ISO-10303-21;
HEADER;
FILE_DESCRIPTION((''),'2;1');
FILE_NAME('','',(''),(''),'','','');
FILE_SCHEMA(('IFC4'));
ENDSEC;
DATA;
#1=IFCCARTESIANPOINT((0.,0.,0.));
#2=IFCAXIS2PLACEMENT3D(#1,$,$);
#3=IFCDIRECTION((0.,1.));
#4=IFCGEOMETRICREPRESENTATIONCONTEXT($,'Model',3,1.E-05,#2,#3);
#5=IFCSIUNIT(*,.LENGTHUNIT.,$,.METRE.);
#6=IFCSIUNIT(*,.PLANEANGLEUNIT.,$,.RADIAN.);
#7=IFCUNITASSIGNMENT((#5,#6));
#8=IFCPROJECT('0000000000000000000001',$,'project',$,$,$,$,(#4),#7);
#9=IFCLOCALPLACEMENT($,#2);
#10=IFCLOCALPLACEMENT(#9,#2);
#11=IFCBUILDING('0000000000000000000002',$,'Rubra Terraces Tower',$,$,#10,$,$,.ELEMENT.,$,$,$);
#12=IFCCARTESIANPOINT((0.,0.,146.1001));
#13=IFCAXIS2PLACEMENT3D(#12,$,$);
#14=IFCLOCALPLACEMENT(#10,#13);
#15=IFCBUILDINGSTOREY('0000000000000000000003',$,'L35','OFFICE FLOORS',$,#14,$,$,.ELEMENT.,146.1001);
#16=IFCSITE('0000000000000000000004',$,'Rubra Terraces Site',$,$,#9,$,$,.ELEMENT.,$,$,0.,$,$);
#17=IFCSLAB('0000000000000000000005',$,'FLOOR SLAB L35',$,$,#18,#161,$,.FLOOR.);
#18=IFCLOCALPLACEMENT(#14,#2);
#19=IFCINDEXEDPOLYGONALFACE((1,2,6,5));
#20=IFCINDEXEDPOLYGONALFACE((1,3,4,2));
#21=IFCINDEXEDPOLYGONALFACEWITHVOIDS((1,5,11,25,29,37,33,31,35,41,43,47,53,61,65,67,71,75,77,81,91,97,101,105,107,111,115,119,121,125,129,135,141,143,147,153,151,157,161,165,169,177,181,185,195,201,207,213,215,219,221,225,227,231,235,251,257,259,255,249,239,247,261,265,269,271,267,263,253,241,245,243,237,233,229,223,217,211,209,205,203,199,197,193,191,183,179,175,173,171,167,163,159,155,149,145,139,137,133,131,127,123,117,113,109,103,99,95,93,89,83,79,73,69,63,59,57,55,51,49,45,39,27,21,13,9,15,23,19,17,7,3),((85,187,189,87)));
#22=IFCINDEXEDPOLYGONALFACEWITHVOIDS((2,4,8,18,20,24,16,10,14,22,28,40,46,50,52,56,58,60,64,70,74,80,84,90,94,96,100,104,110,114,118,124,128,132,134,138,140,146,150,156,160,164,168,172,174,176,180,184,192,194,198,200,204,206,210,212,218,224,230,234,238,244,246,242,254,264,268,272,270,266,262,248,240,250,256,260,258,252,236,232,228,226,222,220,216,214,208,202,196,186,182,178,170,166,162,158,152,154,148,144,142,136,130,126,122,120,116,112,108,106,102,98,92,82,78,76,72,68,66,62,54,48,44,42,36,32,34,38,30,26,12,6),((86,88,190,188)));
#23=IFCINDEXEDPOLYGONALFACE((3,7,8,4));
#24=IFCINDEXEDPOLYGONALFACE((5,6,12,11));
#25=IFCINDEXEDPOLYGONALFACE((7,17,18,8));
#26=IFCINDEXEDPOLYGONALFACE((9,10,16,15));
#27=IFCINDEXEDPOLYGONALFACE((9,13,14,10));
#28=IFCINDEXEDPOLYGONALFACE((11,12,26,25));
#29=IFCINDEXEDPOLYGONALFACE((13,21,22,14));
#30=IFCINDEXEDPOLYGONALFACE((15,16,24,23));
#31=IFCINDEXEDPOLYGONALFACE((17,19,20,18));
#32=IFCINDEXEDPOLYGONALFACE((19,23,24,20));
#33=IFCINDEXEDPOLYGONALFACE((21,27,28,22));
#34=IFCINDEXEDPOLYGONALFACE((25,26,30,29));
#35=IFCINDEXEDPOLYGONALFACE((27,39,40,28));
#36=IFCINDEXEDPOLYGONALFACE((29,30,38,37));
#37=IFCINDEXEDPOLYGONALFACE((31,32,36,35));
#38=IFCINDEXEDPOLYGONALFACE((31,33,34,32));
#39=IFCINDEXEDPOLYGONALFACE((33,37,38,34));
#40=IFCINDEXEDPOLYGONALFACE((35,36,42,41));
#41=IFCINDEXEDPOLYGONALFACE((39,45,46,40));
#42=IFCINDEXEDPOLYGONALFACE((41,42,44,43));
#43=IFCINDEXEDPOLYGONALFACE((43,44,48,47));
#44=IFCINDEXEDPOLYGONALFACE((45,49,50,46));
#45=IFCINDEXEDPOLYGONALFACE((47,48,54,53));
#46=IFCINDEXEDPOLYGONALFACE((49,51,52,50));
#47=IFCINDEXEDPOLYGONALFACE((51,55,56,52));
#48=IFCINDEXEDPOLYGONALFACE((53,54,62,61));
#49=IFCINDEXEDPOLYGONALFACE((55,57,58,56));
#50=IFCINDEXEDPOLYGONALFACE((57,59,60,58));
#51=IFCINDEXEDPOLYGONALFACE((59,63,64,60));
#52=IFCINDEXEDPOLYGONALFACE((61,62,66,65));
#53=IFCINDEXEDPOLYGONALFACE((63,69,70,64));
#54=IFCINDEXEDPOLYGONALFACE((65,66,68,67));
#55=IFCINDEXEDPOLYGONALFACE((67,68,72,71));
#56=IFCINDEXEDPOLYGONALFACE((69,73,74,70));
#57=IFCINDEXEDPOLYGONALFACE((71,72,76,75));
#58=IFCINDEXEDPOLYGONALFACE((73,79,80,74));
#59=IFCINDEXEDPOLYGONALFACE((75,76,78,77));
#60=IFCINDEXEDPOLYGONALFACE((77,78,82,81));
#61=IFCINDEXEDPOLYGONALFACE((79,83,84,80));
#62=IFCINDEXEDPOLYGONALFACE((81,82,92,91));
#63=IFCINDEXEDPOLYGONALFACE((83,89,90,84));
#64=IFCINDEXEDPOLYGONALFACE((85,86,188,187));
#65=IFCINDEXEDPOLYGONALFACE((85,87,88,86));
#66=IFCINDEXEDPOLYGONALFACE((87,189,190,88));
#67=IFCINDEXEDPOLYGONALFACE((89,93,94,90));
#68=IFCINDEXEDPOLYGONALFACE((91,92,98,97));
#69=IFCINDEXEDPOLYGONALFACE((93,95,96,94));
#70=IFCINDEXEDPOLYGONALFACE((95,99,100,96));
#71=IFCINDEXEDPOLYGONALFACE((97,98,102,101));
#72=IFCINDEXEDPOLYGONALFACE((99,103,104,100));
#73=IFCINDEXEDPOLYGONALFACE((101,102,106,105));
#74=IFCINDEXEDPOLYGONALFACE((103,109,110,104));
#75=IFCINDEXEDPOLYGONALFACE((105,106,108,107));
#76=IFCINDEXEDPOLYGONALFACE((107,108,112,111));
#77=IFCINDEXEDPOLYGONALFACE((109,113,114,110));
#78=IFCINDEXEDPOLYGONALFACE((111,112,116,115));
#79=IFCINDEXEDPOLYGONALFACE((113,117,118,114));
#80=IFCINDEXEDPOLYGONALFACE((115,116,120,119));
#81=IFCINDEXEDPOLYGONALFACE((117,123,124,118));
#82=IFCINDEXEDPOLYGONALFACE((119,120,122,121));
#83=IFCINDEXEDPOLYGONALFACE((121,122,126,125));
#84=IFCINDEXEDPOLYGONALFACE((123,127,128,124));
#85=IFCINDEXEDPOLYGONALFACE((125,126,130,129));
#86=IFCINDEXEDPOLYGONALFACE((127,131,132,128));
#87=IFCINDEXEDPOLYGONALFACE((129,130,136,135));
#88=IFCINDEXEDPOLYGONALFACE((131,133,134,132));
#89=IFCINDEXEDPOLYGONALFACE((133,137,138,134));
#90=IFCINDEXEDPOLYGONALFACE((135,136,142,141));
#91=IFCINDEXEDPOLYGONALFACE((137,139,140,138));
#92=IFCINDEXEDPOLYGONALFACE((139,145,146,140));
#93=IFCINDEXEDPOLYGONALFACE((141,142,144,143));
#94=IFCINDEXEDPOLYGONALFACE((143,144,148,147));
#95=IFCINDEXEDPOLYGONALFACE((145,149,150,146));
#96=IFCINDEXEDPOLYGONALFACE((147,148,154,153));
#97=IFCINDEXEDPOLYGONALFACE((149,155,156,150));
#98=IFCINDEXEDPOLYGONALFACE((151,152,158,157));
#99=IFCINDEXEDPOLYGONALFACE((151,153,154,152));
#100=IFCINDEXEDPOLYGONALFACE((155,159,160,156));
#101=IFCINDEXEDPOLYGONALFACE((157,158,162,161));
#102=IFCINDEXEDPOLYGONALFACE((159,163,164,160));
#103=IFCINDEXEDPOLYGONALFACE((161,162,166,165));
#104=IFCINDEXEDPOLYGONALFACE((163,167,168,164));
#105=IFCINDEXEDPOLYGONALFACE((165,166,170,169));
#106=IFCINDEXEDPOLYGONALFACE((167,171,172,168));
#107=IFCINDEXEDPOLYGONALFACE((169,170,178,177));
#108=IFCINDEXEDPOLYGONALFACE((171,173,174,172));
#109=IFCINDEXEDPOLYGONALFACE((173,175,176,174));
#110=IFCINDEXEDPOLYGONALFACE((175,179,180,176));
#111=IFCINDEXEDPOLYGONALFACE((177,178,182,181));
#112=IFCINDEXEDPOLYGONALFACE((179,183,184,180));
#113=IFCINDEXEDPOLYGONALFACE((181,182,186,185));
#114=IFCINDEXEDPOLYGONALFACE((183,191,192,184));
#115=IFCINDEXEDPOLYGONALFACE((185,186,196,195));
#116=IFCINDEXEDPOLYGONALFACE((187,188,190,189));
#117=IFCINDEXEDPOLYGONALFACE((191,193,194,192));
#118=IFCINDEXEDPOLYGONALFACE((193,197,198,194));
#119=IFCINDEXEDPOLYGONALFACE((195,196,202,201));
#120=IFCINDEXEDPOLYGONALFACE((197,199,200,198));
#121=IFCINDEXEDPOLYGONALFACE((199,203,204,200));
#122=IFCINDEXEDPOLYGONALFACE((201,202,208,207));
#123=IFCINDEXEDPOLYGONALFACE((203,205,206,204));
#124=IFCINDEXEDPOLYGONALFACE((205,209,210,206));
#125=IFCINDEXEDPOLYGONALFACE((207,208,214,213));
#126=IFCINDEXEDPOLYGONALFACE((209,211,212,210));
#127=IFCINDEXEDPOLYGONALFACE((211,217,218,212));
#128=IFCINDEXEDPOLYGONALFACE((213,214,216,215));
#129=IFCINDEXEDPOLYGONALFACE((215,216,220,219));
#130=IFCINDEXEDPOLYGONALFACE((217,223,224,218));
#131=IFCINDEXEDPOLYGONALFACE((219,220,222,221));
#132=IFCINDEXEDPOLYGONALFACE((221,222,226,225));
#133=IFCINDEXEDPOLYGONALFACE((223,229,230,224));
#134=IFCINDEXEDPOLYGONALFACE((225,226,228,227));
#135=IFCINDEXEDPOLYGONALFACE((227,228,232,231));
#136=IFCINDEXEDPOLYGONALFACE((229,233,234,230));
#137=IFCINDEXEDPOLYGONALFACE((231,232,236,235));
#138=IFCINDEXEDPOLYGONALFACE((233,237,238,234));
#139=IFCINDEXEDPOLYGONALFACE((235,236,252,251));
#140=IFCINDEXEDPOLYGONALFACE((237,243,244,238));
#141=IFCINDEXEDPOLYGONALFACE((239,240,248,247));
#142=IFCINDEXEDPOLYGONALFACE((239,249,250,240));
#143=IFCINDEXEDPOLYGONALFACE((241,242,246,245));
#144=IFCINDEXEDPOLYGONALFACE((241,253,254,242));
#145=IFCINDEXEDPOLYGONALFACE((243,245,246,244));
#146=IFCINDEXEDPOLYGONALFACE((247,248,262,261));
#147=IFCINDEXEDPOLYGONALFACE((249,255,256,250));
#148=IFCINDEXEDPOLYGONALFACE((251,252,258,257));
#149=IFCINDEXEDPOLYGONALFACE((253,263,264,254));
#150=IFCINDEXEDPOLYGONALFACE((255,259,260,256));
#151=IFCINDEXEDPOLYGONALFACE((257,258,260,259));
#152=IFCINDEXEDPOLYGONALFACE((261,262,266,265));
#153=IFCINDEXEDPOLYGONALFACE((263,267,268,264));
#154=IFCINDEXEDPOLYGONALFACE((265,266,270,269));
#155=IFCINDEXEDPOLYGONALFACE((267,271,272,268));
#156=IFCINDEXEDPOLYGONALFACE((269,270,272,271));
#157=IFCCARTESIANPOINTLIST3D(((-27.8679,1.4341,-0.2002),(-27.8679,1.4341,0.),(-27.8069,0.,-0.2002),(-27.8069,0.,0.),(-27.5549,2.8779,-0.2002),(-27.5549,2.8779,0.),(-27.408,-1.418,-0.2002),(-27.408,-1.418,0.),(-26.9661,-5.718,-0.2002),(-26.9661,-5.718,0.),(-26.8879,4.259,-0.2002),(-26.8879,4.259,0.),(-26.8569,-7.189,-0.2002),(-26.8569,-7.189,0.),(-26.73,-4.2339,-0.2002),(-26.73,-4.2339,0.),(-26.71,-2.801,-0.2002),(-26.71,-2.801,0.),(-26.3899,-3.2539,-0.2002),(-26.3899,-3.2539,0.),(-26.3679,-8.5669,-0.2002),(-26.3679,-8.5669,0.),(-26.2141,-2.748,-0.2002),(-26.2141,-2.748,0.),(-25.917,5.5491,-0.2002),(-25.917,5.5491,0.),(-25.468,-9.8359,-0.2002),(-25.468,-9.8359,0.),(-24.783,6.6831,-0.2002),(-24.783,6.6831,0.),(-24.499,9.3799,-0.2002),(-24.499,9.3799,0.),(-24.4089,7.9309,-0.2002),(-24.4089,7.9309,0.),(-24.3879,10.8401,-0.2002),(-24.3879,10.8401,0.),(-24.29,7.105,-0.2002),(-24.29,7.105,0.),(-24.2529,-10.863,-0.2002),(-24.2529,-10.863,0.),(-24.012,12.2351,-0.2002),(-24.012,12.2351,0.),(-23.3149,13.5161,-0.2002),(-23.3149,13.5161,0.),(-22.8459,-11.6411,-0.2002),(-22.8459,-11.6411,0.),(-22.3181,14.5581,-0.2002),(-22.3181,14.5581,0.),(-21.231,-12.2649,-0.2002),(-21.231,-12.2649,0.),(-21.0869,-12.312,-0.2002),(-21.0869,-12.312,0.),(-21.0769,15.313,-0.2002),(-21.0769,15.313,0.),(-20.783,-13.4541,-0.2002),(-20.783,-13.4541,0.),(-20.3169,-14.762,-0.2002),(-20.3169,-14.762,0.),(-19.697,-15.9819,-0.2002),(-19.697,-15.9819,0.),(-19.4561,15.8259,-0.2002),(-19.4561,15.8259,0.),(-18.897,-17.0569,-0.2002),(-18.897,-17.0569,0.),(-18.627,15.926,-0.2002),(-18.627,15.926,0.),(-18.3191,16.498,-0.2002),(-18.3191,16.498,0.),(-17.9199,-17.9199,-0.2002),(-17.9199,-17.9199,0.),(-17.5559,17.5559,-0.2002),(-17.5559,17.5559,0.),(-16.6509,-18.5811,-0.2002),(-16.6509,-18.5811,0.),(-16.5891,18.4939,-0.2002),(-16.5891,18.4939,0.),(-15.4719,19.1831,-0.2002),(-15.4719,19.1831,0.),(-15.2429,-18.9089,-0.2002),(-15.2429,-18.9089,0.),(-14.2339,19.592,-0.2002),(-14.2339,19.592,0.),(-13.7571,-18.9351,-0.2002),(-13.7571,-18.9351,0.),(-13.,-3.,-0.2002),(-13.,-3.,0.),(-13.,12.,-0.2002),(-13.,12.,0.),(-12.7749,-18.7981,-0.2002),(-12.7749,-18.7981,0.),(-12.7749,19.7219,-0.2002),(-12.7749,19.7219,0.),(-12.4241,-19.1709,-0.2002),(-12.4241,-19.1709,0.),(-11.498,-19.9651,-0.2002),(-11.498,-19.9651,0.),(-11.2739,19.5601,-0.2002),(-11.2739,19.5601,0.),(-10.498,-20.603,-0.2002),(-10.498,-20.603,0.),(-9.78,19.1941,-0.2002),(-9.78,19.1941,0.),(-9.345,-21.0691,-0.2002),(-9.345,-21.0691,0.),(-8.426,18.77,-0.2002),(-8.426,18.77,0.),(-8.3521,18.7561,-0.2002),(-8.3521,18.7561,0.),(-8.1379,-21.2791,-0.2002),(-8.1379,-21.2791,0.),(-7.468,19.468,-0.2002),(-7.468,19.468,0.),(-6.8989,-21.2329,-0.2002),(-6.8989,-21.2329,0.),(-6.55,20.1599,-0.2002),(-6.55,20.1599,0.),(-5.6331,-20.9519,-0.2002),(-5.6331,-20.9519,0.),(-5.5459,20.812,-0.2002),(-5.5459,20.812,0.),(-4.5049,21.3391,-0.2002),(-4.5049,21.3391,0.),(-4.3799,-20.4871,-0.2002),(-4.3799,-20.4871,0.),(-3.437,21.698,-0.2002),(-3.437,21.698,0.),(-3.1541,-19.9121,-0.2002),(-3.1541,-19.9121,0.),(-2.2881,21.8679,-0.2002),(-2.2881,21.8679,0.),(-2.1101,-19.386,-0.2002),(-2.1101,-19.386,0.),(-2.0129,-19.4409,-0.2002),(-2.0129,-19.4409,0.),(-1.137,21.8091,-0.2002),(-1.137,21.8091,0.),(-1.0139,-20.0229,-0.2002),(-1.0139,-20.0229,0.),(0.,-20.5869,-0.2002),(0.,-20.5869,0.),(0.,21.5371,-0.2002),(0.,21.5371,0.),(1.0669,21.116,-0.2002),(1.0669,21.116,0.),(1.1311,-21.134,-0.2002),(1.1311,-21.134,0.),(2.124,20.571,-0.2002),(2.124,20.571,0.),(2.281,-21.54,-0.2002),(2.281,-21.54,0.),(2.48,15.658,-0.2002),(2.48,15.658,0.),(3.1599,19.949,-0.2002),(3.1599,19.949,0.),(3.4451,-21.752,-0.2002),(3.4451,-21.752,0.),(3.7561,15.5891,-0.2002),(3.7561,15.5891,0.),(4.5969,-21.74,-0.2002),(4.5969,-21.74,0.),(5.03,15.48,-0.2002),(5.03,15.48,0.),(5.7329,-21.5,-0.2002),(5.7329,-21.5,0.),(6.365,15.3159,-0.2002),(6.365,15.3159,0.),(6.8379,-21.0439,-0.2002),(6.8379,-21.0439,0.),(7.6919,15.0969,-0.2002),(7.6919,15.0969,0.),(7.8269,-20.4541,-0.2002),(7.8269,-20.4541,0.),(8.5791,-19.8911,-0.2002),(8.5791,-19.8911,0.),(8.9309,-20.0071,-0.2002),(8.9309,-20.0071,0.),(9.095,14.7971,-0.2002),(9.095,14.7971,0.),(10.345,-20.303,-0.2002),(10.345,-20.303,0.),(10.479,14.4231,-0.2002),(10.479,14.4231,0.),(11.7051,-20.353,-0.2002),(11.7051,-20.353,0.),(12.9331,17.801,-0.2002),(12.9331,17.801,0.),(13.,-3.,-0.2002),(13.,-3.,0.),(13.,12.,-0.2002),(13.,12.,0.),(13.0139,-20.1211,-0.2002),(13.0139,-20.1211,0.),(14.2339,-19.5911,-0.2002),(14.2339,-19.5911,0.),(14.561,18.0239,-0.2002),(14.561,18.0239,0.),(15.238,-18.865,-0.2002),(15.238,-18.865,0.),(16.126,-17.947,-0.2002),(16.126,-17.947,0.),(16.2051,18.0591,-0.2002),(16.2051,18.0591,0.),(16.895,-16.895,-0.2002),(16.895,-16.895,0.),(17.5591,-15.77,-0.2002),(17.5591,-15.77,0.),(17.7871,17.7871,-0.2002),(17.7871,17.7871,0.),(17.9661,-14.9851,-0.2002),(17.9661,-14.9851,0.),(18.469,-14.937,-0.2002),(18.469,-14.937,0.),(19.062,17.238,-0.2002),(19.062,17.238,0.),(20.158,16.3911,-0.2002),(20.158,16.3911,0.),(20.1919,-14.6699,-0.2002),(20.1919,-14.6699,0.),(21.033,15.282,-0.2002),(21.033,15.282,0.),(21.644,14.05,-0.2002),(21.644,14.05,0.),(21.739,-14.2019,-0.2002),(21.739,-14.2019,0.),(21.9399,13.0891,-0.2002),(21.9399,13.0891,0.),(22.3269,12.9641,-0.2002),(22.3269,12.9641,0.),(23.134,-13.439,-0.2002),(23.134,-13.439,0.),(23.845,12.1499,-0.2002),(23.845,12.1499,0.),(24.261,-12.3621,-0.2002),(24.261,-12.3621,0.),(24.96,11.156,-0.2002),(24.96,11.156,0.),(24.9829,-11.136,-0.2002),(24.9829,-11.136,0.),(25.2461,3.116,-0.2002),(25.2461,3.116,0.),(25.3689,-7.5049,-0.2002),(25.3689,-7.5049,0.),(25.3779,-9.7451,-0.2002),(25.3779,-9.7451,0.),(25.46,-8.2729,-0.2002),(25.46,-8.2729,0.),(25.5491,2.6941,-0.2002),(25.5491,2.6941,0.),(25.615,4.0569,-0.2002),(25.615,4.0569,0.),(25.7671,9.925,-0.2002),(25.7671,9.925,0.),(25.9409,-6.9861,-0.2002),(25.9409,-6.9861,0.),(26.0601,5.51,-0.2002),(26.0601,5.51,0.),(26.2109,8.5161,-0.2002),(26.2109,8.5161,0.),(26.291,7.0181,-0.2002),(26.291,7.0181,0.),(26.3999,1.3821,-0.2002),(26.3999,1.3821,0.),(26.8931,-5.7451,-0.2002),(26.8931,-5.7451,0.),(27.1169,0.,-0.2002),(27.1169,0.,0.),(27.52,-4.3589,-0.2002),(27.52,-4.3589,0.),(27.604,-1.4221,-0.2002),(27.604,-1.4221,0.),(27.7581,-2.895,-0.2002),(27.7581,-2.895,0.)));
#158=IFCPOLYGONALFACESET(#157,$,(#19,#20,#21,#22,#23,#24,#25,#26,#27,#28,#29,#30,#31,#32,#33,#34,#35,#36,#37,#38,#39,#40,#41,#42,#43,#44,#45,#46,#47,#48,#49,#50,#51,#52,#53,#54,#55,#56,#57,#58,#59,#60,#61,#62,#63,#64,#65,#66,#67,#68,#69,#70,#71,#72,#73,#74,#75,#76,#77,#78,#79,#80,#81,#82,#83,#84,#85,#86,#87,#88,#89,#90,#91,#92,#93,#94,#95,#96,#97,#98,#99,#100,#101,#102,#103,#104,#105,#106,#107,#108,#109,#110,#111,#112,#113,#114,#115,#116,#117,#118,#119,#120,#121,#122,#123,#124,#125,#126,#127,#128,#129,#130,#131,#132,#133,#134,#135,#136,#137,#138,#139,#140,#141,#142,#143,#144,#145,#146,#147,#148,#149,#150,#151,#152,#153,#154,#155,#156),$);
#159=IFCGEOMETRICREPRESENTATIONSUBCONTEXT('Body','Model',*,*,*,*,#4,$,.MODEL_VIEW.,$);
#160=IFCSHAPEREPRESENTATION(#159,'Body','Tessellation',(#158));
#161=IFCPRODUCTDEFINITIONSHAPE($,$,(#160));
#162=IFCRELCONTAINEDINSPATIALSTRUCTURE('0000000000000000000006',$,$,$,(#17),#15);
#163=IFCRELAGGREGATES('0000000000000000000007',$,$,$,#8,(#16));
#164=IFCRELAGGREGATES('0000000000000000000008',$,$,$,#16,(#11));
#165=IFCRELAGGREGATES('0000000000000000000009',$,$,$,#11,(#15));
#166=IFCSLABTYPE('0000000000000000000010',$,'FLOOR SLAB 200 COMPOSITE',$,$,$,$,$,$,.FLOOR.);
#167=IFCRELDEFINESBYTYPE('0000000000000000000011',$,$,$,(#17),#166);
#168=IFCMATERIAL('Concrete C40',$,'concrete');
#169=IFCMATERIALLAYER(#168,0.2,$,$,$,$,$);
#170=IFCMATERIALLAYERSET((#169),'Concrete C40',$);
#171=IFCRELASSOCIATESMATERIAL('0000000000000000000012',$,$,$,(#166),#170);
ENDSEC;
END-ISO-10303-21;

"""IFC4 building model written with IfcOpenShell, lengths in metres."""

from ifc_helpers import new_model, si_unit, direction, frame, origin, place, context, subcontext, project, spatial, polyline, outline, extrude, material, layer, layer_set, type_object, element, save


model = new_model("IFC4")

# Units and contexts
model_context = context("Model", 3, precision=1e-05, world=origin(), true_north=direction((0.0, 1.0)))
body_context = subcontext(model_context, "Body", "Model", "MODEL_VIEW")
ifc_project = project(units=[si_unit("LENGTHUNIT", "METRE"), si_unit("PLANEANGLEUNIT", "RADIAN")], contexts=[model_context])

# Site, building, storey
site_placement = place(None, origin())
site = spatial("IfcSite", under=ifc_project, at=site_placement, Name="Rubra Terraces Site", CompositionType="ELEMENT", RefElevation=0.0)
building_placement = place(site_placement, origin())
building = spatial("IfcBuilding", under=site, at=building_placement, Name="Rubra Terraces Tower", CompositionType="ELEMENT")
storey_placement = place(building_placement, frame((0.0, 0.0, 146.1001)))
storey = spatial("IfcBuildingStorey", under=building, at=storey_placement, Name="L35", Description="OFFICE FLOORS", CompositionType="ELEMENT", Elevation=146.1001)

# Shared definitions
ifc_material_1 = material(Name="Concrete C40", Category="concrete")

# Slab
ifc_layer_1 = layer(ifc_material_1, 0.2)
ifc_layer_set_1 = layer_set([ifc_layer_1], Name="Concrete C40")
slab_type_1 = type_object("IfcSlabType", Name="FLOOR SLAB 200 COMPOSITE", PredefinedType="FLOOR", material=ifc_layer_set_1)
slab_1_placement = place(storey_placement, frame((0.0, 0.0, -0.2002)))
element("IfcSlab", 1, at=slab_1_placement, inside=storey, type_object=slab_type_1, Name="FLOOR SLAB L35", PredefinedType="FLOOR", context=body_context, shape_type="SweptSolid", body=[
    extrude(outline(polyline([(25.46, -8.2729), (25.3689, -7.5049), (25.9409, -6.9861), (26.8931, -5.7451), (27.52, -4.3589), (27.7581, -2.895), (27.604, -1.4221), (27.1169, 0.0), (26.3999, 1.3821), (25.5491, 2.6941), (25.2461, 3.116), (25.615, 4.0569), (26.0601, 5.51), (26.291, 7.0181), (26.2109, 8.5161), (25.7671, 9.925), (24.96, 11.156), (23.845, 12.1499), (22.3269, 12.9641), (21.9399, 13.0891), (21.644, 14.05), (21.033, 15.282), (20.158, 16.3911), (19.062, 17.238), (17.7871, 17.7871), (16.2051, 18.0591), (14.561, 18.0239), (12.9331, 17.801), (10.479, 14.4231), (9.095, 14.7971), (7.6919, 15.0969), (6.365, 15.3159), (5.03, 15.48), (3.7561, 15.5891), (2.48, 15.658), (3.1599, 19.949), (2.124, 20.571), (1.0669, 21.116), (0.0, 21.5371), (-1.137, 21.8091), (-2.2881, 21.8679), (-3.437, 21.698), (-4.5049, 21.3391), (-5.5459, 20.812), (-6.55, 20.1599), (-7.468, 19.468), (-8.3521, 18.7561), (-8.426, 18.77), (-9.78, 19.1941), (-11.2739, 19.5601), (-12.7749, 19.7219), (-14.2339, 19.592), (-15.4719, 19.1831), (-16.5891, 18.4939), (-17.5559, 17.5559), (-18.3191, 16.498), (-18.627, 15.926), (-19.4561, 15.8259), (-21.0769, 15.313), (-22.3181, 14.5581), (-23.3149, 13.5161), (-24.012, 12.2351), (-24.3879, 10.8401), (-24.499, 9.3799), (-24.4089, 7.9309), (-24.29, 7.105), (-24.783, 6.6831), (-25.917, 5.5491), (-26.8879, 4.259), (-27.5549, 2.8779), (-27.8679, 1.4341), (-27.8069, 0.0), (-27.408, -1.418), (-26.71, -2.801), (-26.3899, -3.2539), (-26.2141, -2.748), (-26.73, -4.2339), (-26.9661, -5.718), (-26.8569, -7.189), (-26.3679, -8.5669), (-25.468, -9.8359), (-24.2529, -10.863), (-22.8459, -11.6411), (-21.231, -12.2649), (-21.0869, -12.312), (-20.783, -13.4541), (-20.3169, -14.762), (-19.697, -15.9819), (-18.897, -17.0569), (-17.9199, -17.9199), (-16.6509, -18.5811), (-15.2429, -18.9089), (-13.7571, -18.9351), (-12.7749, -18.7981), (-12.4241, -19.1709), (-11.498, -19.9651), (-10.498, -20.603), (-9.345, -21.0691), (-8.1379, -21.2791), (-6.8989, -21.2329), (-5.6331, -20.9519), (-4.3799, -20.4871), (-3.1541, -19.9121), (-2.1101, -19.386), (-2.0129, -19.4409), (-1.0139, -20.0229), (0.0, -20.5869), (1.1311, -21.134), (2.281, -21.54), (3.4451, -21.752), (4.5969, -21.74), (5.7329, -21.5), (6.8379, -21.0439), (7.8269, -20.4541), (8.5791, -19.8911), (8.9309, -20.0071), (10.345, -20.303), (11.7051, -20.353), (13.0139, -20.1211), (14.2339, -19.5911), (15.238, -18.865), (16.126, -17.947), (16.895, -16.895), (17.5591, -15.77), (17.9661, -14.9851), (18.469, -14.937), (20.1919, -14.6699), (21.739, -14.2019), (23.134, -13.439), (24.261, -12.3621), (24.9829, -11.136), (25.3779, -9.7451), (25.46, -8.2729)]), holes=[polyline([(13.0, 12.0), (13.0, -3.0), (-13.0, -3.0), (-13.0, 12.0), (13.0, 12.0)])]), origin(), (0.0, 0.0, 1.0), 0.2002),
])

save(model, "model.ifc")
